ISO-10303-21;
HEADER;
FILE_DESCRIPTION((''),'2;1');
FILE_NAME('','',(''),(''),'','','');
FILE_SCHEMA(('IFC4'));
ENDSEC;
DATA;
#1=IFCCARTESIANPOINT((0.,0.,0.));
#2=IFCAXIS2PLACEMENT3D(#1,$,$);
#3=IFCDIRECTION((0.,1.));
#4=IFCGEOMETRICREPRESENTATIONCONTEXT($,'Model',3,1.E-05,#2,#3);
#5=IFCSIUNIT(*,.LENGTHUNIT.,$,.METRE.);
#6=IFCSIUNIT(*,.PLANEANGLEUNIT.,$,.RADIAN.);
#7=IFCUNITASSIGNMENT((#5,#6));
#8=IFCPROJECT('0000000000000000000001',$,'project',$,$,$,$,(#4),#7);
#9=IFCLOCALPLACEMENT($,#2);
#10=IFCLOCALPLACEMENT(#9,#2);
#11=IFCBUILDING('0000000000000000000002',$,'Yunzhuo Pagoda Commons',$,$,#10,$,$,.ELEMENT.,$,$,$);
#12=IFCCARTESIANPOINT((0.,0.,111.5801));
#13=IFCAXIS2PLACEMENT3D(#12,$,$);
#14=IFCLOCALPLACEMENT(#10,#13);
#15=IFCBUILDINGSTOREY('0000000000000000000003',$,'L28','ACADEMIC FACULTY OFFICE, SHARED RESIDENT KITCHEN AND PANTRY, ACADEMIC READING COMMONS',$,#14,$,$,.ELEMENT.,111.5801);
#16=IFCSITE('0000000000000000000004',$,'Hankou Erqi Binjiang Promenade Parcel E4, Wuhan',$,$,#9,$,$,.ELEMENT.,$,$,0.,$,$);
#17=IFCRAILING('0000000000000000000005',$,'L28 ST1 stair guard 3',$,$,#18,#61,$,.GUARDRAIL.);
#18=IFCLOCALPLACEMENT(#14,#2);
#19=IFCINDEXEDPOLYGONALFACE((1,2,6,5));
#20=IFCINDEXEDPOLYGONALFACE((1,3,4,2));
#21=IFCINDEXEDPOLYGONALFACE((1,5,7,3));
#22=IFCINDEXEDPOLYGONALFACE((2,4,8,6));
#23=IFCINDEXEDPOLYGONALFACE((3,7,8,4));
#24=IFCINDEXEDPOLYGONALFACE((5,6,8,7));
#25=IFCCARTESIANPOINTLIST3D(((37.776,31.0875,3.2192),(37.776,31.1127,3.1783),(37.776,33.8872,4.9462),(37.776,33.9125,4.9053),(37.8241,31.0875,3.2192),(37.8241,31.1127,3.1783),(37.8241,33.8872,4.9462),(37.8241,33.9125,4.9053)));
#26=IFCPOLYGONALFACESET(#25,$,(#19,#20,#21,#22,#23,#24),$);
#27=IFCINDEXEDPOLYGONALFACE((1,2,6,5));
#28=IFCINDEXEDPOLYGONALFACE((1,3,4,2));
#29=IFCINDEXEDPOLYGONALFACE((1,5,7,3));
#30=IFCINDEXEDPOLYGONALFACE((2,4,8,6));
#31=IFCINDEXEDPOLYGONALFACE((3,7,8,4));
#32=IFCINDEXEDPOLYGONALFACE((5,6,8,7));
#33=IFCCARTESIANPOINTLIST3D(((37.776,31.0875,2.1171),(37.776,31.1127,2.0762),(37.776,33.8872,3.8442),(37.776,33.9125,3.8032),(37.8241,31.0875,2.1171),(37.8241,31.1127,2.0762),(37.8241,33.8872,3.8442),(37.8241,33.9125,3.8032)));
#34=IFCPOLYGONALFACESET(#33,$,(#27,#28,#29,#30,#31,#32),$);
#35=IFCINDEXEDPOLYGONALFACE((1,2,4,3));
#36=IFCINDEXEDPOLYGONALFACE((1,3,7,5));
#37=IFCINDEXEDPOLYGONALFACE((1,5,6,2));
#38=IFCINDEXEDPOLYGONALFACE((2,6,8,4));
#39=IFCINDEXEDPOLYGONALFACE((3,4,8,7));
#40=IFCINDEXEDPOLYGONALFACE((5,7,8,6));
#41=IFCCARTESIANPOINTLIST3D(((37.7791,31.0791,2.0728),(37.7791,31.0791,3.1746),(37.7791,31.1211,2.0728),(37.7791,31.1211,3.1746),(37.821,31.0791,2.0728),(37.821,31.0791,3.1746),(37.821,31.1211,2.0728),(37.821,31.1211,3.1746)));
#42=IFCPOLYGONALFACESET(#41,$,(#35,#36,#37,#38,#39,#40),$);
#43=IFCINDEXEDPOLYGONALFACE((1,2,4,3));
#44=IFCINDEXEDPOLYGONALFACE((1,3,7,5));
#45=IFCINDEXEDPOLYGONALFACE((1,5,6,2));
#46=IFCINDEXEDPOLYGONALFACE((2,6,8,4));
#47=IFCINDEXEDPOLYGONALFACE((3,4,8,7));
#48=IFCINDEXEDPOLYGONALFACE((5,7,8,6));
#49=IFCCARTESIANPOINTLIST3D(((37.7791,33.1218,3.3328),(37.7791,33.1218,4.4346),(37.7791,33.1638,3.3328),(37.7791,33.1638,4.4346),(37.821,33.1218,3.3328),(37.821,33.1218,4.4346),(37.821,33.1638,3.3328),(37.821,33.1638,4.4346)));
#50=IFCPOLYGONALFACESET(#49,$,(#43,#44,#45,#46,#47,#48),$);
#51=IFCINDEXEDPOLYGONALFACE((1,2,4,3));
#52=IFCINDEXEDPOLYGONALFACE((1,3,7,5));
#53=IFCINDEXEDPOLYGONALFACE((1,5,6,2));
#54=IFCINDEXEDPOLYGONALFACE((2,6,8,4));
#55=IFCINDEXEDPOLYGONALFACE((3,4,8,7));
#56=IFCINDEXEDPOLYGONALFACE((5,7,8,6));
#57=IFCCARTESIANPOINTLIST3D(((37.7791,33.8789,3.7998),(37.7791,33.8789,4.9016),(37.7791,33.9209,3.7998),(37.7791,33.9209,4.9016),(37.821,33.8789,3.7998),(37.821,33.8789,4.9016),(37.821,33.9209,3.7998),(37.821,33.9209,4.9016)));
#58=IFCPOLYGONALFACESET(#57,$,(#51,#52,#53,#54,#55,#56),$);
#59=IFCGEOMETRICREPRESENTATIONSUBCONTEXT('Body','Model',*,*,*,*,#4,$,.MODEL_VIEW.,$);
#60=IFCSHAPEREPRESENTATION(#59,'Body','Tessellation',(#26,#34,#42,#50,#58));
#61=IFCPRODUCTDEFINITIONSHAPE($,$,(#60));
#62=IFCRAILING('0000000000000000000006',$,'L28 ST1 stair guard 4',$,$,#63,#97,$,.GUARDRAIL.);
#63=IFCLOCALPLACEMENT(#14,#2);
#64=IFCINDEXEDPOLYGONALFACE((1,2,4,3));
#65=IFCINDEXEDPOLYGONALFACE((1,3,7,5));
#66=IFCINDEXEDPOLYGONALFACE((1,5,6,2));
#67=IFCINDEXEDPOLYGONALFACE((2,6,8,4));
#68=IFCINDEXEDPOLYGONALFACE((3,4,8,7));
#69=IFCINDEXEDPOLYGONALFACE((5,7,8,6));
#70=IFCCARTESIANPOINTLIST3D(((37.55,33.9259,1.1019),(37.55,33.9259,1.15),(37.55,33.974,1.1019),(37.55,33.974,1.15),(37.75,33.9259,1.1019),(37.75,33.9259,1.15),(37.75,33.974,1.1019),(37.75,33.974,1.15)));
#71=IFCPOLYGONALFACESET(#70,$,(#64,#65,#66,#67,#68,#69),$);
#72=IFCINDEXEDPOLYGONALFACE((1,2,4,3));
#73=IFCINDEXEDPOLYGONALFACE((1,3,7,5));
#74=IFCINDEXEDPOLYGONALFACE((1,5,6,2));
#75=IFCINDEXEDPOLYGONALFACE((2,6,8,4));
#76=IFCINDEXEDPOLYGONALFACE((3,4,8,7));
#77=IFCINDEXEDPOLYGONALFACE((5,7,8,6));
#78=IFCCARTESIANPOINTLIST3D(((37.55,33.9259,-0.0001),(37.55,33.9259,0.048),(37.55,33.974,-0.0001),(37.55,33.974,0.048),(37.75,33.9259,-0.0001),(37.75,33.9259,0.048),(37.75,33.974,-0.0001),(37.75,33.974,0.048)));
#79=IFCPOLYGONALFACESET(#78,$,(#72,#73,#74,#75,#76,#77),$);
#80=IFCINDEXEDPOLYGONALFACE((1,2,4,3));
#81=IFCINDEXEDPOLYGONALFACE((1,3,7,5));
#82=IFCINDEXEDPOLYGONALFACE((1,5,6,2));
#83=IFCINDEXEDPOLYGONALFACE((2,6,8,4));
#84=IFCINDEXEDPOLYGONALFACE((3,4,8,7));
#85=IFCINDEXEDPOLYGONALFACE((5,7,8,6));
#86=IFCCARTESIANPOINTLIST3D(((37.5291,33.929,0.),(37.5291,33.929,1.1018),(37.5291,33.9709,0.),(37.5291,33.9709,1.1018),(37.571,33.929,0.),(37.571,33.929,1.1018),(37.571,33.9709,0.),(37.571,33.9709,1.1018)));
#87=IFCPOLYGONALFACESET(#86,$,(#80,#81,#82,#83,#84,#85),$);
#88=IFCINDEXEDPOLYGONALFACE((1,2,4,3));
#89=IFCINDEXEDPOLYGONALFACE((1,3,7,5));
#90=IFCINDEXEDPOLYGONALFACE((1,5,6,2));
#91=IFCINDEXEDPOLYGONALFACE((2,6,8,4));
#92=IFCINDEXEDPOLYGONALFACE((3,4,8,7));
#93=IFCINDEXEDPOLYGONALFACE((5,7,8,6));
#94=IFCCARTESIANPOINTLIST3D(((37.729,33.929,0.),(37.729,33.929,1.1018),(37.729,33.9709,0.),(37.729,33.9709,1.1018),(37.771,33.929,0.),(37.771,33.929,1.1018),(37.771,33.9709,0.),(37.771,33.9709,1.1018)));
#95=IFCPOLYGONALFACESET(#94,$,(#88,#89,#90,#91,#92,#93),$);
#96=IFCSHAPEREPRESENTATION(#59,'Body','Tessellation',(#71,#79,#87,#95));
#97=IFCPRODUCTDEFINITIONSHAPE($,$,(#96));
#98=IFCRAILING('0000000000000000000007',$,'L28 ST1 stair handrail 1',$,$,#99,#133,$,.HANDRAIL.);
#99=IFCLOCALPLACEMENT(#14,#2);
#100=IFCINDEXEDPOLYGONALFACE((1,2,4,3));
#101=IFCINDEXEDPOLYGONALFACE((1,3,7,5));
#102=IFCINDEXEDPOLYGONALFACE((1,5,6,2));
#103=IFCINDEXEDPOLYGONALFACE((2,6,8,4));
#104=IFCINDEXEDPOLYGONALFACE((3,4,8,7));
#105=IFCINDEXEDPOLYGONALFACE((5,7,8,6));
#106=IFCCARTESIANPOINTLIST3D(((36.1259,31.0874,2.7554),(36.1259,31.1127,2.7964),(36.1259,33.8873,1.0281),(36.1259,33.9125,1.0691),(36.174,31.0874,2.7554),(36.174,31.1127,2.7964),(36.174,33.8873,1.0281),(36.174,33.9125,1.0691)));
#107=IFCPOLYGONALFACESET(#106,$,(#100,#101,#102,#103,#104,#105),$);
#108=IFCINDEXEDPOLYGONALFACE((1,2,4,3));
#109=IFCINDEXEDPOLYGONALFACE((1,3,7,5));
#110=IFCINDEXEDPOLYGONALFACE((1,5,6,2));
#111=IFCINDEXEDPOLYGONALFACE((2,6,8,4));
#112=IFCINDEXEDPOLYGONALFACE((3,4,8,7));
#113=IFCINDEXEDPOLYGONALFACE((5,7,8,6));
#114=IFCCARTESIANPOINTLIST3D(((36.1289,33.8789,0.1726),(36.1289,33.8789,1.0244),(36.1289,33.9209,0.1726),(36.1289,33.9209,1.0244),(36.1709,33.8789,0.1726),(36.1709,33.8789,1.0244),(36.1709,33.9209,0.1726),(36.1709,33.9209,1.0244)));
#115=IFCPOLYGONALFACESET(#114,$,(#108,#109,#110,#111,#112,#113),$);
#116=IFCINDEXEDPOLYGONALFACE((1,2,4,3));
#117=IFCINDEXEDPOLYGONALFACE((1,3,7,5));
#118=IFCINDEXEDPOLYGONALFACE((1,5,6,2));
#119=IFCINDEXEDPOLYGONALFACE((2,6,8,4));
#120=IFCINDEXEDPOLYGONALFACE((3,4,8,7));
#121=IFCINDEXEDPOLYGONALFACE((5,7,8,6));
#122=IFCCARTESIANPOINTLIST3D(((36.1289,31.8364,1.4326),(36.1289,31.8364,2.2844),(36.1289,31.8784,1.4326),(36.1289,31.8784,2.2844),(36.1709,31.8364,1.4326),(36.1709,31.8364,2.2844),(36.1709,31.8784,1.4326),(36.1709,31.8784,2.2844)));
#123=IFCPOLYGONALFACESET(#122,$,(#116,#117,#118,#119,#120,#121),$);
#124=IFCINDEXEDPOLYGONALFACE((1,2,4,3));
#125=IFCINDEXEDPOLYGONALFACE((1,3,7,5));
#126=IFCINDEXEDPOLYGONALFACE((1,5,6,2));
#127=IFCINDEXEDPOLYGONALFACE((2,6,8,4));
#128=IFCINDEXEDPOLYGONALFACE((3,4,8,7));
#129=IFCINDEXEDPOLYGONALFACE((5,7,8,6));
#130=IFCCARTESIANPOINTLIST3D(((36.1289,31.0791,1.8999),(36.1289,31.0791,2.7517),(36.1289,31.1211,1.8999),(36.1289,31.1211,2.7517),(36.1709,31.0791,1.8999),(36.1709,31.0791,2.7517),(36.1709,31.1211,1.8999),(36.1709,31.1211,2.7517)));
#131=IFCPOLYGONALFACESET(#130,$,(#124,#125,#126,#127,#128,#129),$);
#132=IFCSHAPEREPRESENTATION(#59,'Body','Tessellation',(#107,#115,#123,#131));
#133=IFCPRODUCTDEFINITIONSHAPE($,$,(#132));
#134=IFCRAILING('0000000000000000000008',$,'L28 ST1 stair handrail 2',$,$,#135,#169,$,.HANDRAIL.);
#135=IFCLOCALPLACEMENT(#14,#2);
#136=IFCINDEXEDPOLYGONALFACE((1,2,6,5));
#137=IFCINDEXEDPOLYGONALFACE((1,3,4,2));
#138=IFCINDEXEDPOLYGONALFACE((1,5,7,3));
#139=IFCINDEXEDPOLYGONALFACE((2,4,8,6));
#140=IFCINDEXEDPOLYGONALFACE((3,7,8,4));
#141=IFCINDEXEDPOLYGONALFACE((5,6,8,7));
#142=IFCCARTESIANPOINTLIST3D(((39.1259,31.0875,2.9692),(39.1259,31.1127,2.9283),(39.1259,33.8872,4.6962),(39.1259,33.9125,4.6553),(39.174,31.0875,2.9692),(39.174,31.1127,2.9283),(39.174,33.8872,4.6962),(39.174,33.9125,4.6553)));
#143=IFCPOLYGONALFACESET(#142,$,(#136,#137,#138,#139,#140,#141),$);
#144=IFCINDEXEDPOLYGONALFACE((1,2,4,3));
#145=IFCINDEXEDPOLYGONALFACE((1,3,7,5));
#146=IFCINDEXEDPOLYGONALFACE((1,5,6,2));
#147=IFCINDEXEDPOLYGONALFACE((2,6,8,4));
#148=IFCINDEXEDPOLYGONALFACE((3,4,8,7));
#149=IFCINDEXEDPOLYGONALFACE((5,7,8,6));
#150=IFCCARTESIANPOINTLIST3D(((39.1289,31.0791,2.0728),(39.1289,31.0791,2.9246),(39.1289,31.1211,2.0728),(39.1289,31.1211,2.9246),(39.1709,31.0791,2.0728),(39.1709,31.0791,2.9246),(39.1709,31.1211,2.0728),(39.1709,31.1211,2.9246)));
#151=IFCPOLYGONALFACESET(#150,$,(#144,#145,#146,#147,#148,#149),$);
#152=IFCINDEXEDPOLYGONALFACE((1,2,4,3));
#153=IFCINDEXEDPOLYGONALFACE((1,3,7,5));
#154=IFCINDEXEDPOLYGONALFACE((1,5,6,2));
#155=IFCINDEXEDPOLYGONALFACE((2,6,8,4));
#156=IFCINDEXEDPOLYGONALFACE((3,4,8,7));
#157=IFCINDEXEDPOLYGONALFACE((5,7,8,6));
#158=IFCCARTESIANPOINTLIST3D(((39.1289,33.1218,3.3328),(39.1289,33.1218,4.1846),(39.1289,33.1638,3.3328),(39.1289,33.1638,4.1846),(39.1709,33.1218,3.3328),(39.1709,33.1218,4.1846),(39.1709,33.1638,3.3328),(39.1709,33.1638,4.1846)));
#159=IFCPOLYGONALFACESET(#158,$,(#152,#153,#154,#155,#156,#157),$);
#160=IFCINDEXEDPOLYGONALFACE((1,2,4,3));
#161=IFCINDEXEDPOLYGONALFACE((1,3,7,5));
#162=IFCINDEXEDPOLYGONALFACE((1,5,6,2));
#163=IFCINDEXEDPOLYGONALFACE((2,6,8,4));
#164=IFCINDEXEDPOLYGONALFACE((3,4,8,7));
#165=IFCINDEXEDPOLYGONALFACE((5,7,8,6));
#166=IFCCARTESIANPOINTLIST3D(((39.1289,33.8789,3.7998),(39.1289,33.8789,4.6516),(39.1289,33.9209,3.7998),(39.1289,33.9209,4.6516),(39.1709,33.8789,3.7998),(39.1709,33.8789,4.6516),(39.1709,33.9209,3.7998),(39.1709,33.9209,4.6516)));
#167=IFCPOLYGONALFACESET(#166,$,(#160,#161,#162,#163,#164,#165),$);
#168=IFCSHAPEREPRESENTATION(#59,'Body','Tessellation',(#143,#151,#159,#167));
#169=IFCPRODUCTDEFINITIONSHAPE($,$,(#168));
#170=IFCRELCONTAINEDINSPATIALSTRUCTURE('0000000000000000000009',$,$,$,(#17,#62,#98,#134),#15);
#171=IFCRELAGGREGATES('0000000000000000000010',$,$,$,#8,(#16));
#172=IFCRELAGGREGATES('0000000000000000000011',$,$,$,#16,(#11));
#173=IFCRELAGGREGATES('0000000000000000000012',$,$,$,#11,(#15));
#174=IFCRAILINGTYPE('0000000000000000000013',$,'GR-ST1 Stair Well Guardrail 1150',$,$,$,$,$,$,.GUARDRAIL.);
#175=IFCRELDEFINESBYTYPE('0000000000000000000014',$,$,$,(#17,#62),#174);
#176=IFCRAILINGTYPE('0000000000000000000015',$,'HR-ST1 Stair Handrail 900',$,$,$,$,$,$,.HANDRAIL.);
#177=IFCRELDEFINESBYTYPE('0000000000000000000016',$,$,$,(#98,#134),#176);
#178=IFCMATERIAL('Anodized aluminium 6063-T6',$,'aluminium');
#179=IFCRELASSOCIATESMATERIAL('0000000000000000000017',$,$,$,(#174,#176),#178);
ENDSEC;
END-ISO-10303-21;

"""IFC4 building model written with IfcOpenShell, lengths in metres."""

from ifc_helpers import new_model, si_unit, direction, frame, origin, origin_2d, place, context, subcontext, project, spatial, rectangle, extrude, material, type_object, element, save


model = new_model("IFC4")

# Units and contexts
model_context = context("Model", 3, precision=1e-05, world=origin(), true_north=direction((0.0, 1.0)))
body_context = subcontext(model_context, "Body", "Model", "MODEL_VIEW")
ifc_project = project(units=[si_unit("LENGTHUNIT", "METRE"), si_unit("PLANEANGLEUNIT", "RADIAN")], contexts=[model_context])

# Site, building, storey
site_placement = place(None, origin())
site = spatial("IfcSite", under=ifc_project, at=site_placement, Name="Hankou Erqi Binjiang Promenade Parcel E4, Wuhan", CompositionType="ELEMENT", RefElevation=0.0)
building_placement = place(site_placement, origin())
building = spatial("IfcBuilding", under=site, at=building_placement, Name="Yunzhuo Pagoda Commons", CompositionType="ELEMENT")
storey_placement = place(building_placement, frame((0.0, 0.0, 111.5801)))
storey = spatial("IfcBuildingStorey", under=building, at=storey_placement, Name="L28", Description="ACADEMIC FACULTY OFFICE, SHARED RESIDENT KITCHEN AND PANTRY, ACADEMIC READING COMMONS", CompositionType="ELEMENT", Elevation=111.5801)

# Railings
ifc_material_1 = material(Name="Anodized aluminium 6063-T6", Category="aluminium")
railing_type_1 = type_object("IfcRailingType", Name="GR-ST1 Stair Well Guardrail 1150", PredefinedType="GUARDRAIL", material=ifc_material_1)
railing_1_placement = place(storey_placement, frame((37.8, 31.1001, 2.0728)))
element("IfcRailing", 1, at=railing_1_placement, inside=storey, type_object=railing_type_1, Name="L28 ST1 stair guard 3", PredefinedType="GUARDRAIL", context=body_context, shape_type="SweptSolid", body=[
    extrude(rectangle(XDim=0.0481, YDim=0.0481, at=origin_2d()), frame((0.0, 0.0, 1.126), z_axis=(0.0, 0.851102, 0.525), x_axis=(-1.0, 0.0, 0.0)), (0.0, 0.0, 1.0), 3.2896),
    extrude(rectangle(XDim=0.0481, YDim=0.0481, at=origin_2d()), frame((0.0, 0.0, 0.0239), z_axis=(0.0, 0.851102, 0.525), x_axis=(-1.0, 0.0, 0.0)), (0.0, 0.0, 1.0), 3.2896),
    extrude(rectangle(XDim=0.042, YDim=0.042, at=origin_2d()), origin(), (0.0, 0.0, 1.0), 1.1018),
    extrude(rectangle(XDim=0.042, YDim=0.042, at=origin_2d()), frame((0.0, 2.0427, 1.26)), (0.0, 0.0, 1.0), 1.1018),
    extrude(rectangle(XDim=0.042, YDim=0.042, at=origin_2d()), frame((0.0, 2.7998, 1.7271)), (0.0, 0.0, 1.0), 1.1018),
])
railing_2_placement = place(storey_placement, frame((37.55, 33.95, 0.0)))
element("IfcRailing", 2, at=railing_2_placement, inside=storey, type_object=railing_type_1, Name="L28 ST1 stair guard 4", PredefinedType="GUARDRAIL", context=body_context, shape_type="SweptSolid", body=[
    extrude(rectangle(XDim=0.0481, YDim=0.0481, at=origin_2d()), frame((0.0, 0.0, 1.126), z_axis=(1.0, 0.0, 0.0), x_axis=(0.0, 1.0, 0.0)), (0.0, 0.0, 1.0), 0.2),
    extrude(rectangle(XDim=0.0481, YDim=0.0481, at=origin_2d()), frame((0.0, 0.0, 0.0239), z_axis=(1.0, 0.0, 0.0), x_axis=(0.0, 1.0, 0.0)), (0.0, 0.0, 1.0), 0.2),
    extrude(rectangle(XDim=0.042, YDim=0.042, at=origin_2d()), origin(), (0.0, 0.0, 1.0), 1.1018),
    extrude(rectangle(XDim=0.042, YDim=0.042, at=origin_2d()), frame((0.2, 0.0, 0.0)), (0.0, 0.0, 1.0), 1.1018),
])
railing_type_2 = type_object("IfcRailingType", Name="HR-ST1 Stair Handrail 900", PredefinedType="HANDRAIL", material=ifc_material_1)
railing_3_placement = place(storey_placement, frame((36.1499, 33.8999, 0.1726)))
element("IfcRailing", 3, at=railing_3_placement, inside=storey, type_object=railing_type_2, Name="L28 ST1 stair handrail 1", PredefinedType="HANDRAIL", context=body_context, shape_type="SweptSolid", body=[
    extrude(rectangle(XDim=0.0481, YDim=0.0481, at=origin_2d()), frame((0.0, 0.0, 0.876), z_axis=(0.0, -0.851069, 0.525054), x_axis=(1.0, 0.0, 0.0)), (0.0, 0.0, 1.0), 3.2898),
    extrude(rectangle(XDim=0.042, YDim=0.042, at=origin_2d()), origin(), (0.0, 0.0, 1.0), 0.8518),
    extrude(rectangle(XDim=0.042, YDim=0.042, at=origin_2d()), frame((0.0, -2.0425, 1.26)), (0.0, 0.0, 1.0), 0.8518),
    extrude(rectangle(XDim=0.042, YDim=0.042, at=origin_2d()), frame((0.0, -2.7998, 1.7273)), (0.0, 0.0, 1.0), 0.8518),
])
railing_4_placement = place(storey_placement, frame((39.1499, 31.1001, 2.0728)))
element("IfcRailing", 4, at=railing_4_placement, inside=storey, type_object=railing_type_2, Name="L28 ST1 stair handrail 2", PredefinedType="HANDRAIL", context=body_context, shape_type="SweptSolid", body=[
    extrude(rectangle(XDim=0.0481, YDim=0.0481, at=origin_2d()), frame((0.0, 0.0, 0.876), z_axis=(0.0, 0.851102, 0.525), x_axis=(-1.0, 0.0, 0.0)), (0.0, 0.0, 1.0), 3.2896),
    extrude(rectangle(XDim=0.042, YDim=0.042, at=origin_2d()), origin(), (0.0, 0.0, 1.0), 0.8518),
    extrude(rectangle(XDim=0.042, YDim=0.042, at=origin_2d()), frame((0.0, 2.0427, 1.26)), (0.0, 0.0, 1.0), 0.8518),
    extrude(rectangle(XDim=0.042, YDim=0.042, at=origin_2d()), frame((0.0, 2.7998, 1.7271)), (0.0, 0.0, 1.0), 0.8518),
])

save(model, "model.ifc")
